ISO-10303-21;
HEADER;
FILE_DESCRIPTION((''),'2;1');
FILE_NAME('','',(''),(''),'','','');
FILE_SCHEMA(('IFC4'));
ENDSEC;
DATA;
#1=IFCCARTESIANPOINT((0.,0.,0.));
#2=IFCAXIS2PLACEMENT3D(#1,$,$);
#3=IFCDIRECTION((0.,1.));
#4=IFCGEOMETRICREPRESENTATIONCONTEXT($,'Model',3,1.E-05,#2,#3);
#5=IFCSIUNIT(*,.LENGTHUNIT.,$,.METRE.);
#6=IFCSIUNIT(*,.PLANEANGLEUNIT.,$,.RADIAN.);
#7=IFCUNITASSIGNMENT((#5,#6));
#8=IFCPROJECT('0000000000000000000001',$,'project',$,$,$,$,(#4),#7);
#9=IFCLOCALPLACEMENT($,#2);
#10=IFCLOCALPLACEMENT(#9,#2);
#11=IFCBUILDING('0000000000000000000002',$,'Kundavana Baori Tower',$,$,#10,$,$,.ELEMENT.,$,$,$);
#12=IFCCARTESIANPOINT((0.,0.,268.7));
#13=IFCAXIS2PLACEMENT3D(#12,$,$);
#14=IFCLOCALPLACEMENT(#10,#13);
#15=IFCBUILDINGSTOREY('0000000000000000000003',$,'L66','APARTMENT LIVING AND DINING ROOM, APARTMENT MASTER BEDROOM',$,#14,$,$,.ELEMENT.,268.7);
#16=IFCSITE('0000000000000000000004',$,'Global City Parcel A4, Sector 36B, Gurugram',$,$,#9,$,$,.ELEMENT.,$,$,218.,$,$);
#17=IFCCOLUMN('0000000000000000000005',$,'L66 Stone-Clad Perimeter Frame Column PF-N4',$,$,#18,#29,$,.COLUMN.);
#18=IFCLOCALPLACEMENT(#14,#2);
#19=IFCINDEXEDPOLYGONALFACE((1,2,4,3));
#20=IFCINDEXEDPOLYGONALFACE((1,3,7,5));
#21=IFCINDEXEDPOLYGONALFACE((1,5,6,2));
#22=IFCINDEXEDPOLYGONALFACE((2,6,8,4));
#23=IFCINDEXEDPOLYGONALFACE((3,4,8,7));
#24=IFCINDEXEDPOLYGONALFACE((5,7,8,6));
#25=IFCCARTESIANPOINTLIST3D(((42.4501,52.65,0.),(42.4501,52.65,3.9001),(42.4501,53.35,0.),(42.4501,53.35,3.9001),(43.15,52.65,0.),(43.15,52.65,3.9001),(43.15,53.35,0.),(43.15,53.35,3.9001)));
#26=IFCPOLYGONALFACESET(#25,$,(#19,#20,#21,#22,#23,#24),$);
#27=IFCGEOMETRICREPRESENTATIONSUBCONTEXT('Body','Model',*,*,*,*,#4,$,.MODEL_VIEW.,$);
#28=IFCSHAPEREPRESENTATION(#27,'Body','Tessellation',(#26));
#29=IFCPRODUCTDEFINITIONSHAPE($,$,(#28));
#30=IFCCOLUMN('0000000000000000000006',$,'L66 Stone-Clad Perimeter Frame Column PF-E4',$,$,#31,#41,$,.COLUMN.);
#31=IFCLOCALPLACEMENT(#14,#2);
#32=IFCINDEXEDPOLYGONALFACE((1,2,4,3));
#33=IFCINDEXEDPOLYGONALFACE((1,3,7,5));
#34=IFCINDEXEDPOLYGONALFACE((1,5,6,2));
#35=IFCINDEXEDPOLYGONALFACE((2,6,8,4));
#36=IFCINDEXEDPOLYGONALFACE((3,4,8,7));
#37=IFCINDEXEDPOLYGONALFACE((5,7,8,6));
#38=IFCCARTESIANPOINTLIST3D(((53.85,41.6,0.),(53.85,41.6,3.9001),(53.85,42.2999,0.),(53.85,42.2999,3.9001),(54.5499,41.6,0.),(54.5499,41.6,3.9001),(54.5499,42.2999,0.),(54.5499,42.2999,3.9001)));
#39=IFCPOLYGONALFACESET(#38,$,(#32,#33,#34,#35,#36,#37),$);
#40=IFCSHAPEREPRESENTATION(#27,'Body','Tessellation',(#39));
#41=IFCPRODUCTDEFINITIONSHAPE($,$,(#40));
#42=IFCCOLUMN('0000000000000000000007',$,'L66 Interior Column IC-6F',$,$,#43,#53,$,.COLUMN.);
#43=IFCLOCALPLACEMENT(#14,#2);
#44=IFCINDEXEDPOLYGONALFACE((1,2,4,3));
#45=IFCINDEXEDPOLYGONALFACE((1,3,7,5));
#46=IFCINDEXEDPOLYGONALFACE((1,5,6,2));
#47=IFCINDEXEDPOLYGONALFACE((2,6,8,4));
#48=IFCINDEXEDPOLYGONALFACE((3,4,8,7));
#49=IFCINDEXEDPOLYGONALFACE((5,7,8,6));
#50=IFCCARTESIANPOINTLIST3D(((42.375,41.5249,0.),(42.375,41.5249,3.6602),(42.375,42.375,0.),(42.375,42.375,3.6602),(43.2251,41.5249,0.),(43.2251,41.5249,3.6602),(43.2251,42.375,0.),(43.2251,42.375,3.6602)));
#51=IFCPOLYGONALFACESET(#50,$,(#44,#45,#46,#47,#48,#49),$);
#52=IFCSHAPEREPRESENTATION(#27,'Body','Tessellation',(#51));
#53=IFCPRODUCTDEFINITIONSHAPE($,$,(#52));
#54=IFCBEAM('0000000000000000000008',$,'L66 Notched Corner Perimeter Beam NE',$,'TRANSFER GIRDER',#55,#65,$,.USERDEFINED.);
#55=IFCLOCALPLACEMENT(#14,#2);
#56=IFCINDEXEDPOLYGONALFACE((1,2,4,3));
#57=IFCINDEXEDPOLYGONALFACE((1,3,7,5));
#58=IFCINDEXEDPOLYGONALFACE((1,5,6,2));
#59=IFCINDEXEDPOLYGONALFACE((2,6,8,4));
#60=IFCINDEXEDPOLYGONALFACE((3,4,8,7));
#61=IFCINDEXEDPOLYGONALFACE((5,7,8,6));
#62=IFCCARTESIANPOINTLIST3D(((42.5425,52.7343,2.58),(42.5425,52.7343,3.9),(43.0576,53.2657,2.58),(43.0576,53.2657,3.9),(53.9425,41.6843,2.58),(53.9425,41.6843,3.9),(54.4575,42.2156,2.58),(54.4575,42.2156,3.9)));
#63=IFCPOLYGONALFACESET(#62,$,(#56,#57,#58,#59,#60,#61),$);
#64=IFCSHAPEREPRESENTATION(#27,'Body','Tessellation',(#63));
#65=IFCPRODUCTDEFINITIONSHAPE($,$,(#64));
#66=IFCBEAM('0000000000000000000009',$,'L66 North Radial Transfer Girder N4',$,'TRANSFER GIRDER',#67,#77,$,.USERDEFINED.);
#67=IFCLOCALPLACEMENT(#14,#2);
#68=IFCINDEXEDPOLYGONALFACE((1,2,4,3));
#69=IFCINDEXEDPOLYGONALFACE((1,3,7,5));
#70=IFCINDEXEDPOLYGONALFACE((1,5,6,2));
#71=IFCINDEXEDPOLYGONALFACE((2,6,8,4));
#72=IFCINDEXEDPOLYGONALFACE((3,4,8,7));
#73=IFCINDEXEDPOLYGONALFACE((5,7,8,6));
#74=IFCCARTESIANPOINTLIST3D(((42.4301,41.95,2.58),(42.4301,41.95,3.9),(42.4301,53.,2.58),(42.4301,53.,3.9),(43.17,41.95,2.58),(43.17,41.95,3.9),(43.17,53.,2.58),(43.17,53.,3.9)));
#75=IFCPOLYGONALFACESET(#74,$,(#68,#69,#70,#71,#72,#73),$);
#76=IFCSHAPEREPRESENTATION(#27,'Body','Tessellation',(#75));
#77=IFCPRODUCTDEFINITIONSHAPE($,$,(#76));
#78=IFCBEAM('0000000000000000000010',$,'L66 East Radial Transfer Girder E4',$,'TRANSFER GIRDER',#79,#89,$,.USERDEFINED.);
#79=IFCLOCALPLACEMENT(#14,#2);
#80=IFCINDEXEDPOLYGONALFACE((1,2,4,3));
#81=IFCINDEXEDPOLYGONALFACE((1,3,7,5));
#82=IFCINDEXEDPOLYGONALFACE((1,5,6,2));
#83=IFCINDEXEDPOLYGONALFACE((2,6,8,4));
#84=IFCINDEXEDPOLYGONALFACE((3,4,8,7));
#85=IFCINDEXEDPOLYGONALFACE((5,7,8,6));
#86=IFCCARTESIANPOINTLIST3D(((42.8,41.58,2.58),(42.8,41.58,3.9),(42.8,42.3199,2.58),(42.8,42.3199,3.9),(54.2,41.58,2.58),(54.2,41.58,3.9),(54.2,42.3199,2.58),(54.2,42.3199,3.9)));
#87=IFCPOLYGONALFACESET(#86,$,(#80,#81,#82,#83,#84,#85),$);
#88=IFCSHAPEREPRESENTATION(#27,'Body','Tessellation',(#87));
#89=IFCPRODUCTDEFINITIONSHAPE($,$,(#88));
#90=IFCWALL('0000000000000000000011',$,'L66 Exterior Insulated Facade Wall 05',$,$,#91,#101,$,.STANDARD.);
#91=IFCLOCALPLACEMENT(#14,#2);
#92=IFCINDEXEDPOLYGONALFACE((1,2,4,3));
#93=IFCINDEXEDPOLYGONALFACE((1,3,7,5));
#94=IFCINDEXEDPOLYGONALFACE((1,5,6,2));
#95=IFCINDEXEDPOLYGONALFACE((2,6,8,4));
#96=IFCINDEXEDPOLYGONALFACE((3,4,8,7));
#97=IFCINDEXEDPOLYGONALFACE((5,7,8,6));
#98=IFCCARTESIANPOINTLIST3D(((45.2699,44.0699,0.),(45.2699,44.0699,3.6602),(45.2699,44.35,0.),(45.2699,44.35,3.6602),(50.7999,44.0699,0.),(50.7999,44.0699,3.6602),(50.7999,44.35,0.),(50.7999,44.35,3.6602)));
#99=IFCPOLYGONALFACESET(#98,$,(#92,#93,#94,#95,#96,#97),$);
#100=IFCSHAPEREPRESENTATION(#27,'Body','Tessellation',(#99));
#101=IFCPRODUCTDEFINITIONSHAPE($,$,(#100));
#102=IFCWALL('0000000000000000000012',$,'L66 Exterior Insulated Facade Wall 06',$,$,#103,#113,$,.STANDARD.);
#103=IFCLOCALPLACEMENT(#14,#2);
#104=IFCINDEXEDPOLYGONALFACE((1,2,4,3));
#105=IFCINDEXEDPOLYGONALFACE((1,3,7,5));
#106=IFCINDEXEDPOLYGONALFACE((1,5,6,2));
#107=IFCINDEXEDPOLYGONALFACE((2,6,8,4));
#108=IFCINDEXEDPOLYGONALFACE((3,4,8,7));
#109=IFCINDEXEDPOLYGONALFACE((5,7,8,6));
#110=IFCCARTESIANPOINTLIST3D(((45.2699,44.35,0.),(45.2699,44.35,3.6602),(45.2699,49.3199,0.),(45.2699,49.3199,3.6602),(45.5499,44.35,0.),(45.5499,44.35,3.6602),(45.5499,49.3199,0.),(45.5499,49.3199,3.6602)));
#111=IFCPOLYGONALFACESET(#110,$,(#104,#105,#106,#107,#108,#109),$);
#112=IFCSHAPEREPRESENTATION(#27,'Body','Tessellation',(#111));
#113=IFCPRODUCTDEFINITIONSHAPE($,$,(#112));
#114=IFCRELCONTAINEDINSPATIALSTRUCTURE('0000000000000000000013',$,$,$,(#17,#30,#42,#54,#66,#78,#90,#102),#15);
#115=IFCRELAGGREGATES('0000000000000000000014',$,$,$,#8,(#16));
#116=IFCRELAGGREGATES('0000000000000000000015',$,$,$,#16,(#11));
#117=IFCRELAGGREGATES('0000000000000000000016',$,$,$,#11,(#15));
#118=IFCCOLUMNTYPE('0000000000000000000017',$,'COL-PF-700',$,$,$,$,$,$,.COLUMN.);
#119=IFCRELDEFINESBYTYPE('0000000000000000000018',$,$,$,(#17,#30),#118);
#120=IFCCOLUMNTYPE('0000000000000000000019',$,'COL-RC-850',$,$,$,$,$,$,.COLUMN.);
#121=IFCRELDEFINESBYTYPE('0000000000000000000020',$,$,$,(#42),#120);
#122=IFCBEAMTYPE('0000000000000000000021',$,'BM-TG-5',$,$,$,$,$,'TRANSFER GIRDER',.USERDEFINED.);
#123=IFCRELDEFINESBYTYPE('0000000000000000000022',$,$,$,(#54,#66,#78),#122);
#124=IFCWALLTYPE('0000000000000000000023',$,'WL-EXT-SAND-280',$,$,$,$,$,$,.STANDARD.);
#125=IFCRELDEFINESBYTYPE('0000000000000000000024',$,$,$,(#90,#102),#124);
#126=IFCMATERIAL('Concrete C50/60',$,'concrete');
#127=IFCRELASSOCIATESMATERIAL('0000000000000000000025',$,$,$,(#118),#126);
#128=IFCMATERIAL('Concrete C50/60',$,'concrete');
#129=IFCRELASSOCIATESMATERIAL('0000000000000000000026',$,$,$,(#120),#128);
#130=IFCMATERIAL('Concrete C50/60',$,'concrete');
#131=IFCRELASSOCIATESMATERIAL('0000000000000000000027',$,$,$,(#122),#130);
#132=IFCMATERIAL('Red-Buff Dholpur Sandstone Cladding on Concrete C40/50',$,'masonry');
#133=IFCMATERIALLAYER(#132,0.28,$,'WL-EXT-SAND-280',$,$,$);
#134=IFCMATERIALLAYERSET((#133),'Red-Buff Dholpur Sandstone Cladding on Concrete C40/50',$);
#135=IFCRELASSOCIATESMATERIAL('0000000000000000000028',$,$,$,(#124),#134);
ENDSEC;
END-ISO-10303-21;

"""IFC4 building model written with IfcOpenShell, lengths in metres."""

from ifc_helpers import new_model, si_unit, direction, frame, frame_2d, origin, origin_2d, place, context, subcontext, project, spatial, rectangle, extrude, material, layer, layer_set, material_profile, profile_set, type_object, element, save


model = new_model("IFC4")

# Units and contexts
model_context = context("Model", 3, precision=1e-05, world=origin(), true_north=direction((0.0, 1.0)))
body_context = subcontext(model_context, "Body", "Model", "MODEL_VIEW")
ifc_project = project(units=[si_unit("LENGTHUNIT", "METRE"), si_unit("PLANEANGLEUNIT", "RADIAN")], contexts=[model_context])

# Site, building, storey
site_placement = place(None, origin())
site = spatial("IfcSite", under=ifc_project, at=site_placement, Name="Global City Parcel A4, Sector 36B, Gurugram", CompositionType="ELEMENT", RefElevation=218.0)
building_placement = place(site_placement, origin())
building = spatial("IfcBuilding", under=site, at=building_placement, Name="Kundavana Baori Tower", CompositionType="ELEMENT")
storey_placement = place(building_placement, frame((0.0, 0.0, 268.7)))
storey = spatial("IfcBuildingStorey", under=building, at=storey_placement, Name="L66", Description="APARTMENT LIVING AND DINING ROOM, APARTMENT MASTER BEDROOM", CompositionType="ELEMENT", Elevation=268.7)

# Columns
ifc_material_1 = material(Name="Concrete C50/60", Category="concrete")
ifc_material_profile_1 = material_profile(ifc_material_1, rectangle(XDim=0.7, YDim=0.7, at=origin_2d()), Name="RC PF 700x700")
ifc_profile_set_1 = profile_set([ifc_material_profile_1], Name="Concrete C50/60")
column_type_1 = type_object("IfcColumnType", Name="COL-PF-700", PredefinedType="COLUMN", material=ifc_profile_set_1)
for number, where, z_axis, x_axis, name in (
    (1, (42.8, 53.0, 0.0), (0.0, 0.0, 1.0), (1.0, 0.0, 0.0), "L66 Stone-Clad Perimeter Frame Column PF-N4"),
    (2, (54.2, 41.95, 0.0), (0.0, 0.0, 1.0), (1.0, 0.0, 0.0), "L66 Stone-Clad Perimeter Frame Column PF-E4"),
):
    element("IfcColumn", number, at=place(storey_placement, frame(where, z_axis=z_axis, x_axis=x_axis)), inside=storey, type_object=column_type_1, Name=name, PredefinedType="COLUMN", context=body_context, shape_type="SweptSolid", body=[
        extrude(rectangle(XDim=0.7, YDim=0.7, at=origin_2d()), origin(), (0.0, 0.0, 1.0), 3.9001),
    ])
ifc_material_2 = material(Name="Concrete C50/60", Category="concrete")
ifc_material_profile_2 = material_profile(ifc_material_2, rectangle(XDim=0.8501, YDim=0.8501, at=origin_2d()), Name="RC 850x850")
ifc_profile_set_2 = profile_set([ifc_material_profile_2], Name="Concrete C50/60")
column_type_2 = type_object("IfcColumnType", Name="COL-RC-850", PredefinedType="COLUMN", material=ifc_profile_set_2)
column_placement = place(storey_placement, frame((42.8, 41.95, 0.0), z_axis=(0.0, 0.0, 1.0), x_axis=(1.0, 0.0, 0.0)))
element("IfcColumn", 3, at=column_placement, inside=storey, type_object=column_type_2, Name="L66 Interior Column IC-6F", PredefinedType="COLUMN", context=body_context, shape_type="SweptSolid", body=[
    extrude(rectangle(XDim=0.8501, YDim=0.8501, at=origin_2d()), origin(), (0.0, 0.0, 1.0), 3.6602),
])

# Beams
ifc_material_3 = material(Name="Concrete C50/60", Category="concrete")
ifc_material_profile_3 = material_profile(ifc_material_3, rectangle(XDim=0.74, YDim=1.3201, at=origin_2d()), Name="BM-TG-5")
ifc_profile_set_3 = profile_set([ifc_material_profile_3], Name="Concrete C50/60")
beam_type = type_object("IfcBeamType", Name="BM-TG-5", ElementType="TRANSFER GIRDER", PredefinedType="USERDEFINED", material=ifc_profile_set_3)
beam_1_placement = place(storey_placement, frame((42.8, 53.0, 3.24), z_axis=(0.718039, -0.696003, 0.0), x_axis=(0.696003, 0.718039, 0.0)))
element("IfcBeam", 4, at=beam_1_placement, inside=storey, type_object=beam_type, Name="L66 Notched Corner Perimeter Beam NE", ObjectType="TRANSFER GIRDER", PredefinedType="USERDEFINED", context=body_context, shape_type="SweptSolid", body=[
    extrude(rectangle(XDim=0.74, YDim=1.3201, at=origin_2d()), origin(), (0.0, 0.0, 1.0), 15.8765),
])
beam_2_placement = place(storey_placement, frame((42.8, 41.95, 3.24), z_axis=(0.0, 1.0, 0.0), x_axis=(-1.0, 0.0, 0.0)))
element("IfcBeam", 5, at=beam_2_placement, inside=storey, type_object=beam_type, Name="L66 North Radial Transfer Girder N4", ObjectType="TRANSFER GIRDER", PredefinedType="USERDEFINED", context=body_context, shape_type="SweptSolid", body=[
    extrude(rectangle(XDim=0.74, YDim=1.3201, at=origin_2d()), origin(), (0.0, 0.0, 1.0), 11.05),
])
beam_3_placement = place(storey_placement, frame((42.8, 41.95, 3.24), z_axis=(1.0, 0.0, 0.0), x_axis=(0.0, 1.0, 0.0)))
element("IfcBeam", 6, at=beam_3_placement, inside=storey, type_object=beam_type, Name="L66 East Radial Transfer Girder E4", ObjectType="TRANSFER GIRDER", PredefinedType="USERDEFINED", context=body_context, shape_type="SweptSolid", body=[
    extrude(rectangle(XDim=0.74, YDim=1.3201, at=origin_2d()), origin(), (0.0, 0.0, 1.0), 11.3999),
])

# Walls
ifc_material_4 = material(Name="Red-Buff Dholpur Sandstone Cladding on Concrete C40/50", Category="masonry")
ifc_layer_1 = layer(ifc_material_4, 0.28, Name="WL-EXT-SAND-280")
ifc_layer_set_1 = layer_set([ifc_layer_1], Name="Red-Buff Dholpur Sandstone Cladding on Concrete C40/50")
wall_type_1 = type_object("IfcWallType", Name="WL-EXT-SAND-280", PredefinedType="STANDARD", material=ifc_layer_set_1)
wall_1_placement = place(storey_placement, frame((50.8, 44.21, 0.0), z_axis=(0.0, 0.0, 1.0), x_axis=(-1.0, 0.0, 0.0)))
element("IfcWall", 7, at=wall_1_placement, inside=storey, type_object=wall_type_1, Name="L66 Exterior Insulated Facade Wall 05", PredefinedType="STANDARD", context=body_context, shape_type="SweptSolid", body=[
    extrude(rectangle(XDim=5.53, YDim=0.28, at=frame_2d((2.7651, 0.0))), origin(), (0.0, 0.0, 1.0), 3.6602),
])
wall_2_placement = place(storey_placement, frame((45.4099, 44.3501, 0.0), z_axis=(0.0, 0.0, 1.0), x_axis=(0.0, 1.0, 0.0)))
element("IfcWall", 8, at=wall_2_placement, inside=storey, type_object=wall_type_1, Name="L66 Exterior Insulated Facade Wall 06", PredefinedType="STANDARD", context=body_context, shape_type="SweptSolid", body=[
    extrude(rectangle(XDim=4.97, YDim=0.28, at=frame_2d((2.4849, 0.0))), origin(), (0.0, 0.0, 1.0), 3.6602),
])

save(model, "model.ifc")
